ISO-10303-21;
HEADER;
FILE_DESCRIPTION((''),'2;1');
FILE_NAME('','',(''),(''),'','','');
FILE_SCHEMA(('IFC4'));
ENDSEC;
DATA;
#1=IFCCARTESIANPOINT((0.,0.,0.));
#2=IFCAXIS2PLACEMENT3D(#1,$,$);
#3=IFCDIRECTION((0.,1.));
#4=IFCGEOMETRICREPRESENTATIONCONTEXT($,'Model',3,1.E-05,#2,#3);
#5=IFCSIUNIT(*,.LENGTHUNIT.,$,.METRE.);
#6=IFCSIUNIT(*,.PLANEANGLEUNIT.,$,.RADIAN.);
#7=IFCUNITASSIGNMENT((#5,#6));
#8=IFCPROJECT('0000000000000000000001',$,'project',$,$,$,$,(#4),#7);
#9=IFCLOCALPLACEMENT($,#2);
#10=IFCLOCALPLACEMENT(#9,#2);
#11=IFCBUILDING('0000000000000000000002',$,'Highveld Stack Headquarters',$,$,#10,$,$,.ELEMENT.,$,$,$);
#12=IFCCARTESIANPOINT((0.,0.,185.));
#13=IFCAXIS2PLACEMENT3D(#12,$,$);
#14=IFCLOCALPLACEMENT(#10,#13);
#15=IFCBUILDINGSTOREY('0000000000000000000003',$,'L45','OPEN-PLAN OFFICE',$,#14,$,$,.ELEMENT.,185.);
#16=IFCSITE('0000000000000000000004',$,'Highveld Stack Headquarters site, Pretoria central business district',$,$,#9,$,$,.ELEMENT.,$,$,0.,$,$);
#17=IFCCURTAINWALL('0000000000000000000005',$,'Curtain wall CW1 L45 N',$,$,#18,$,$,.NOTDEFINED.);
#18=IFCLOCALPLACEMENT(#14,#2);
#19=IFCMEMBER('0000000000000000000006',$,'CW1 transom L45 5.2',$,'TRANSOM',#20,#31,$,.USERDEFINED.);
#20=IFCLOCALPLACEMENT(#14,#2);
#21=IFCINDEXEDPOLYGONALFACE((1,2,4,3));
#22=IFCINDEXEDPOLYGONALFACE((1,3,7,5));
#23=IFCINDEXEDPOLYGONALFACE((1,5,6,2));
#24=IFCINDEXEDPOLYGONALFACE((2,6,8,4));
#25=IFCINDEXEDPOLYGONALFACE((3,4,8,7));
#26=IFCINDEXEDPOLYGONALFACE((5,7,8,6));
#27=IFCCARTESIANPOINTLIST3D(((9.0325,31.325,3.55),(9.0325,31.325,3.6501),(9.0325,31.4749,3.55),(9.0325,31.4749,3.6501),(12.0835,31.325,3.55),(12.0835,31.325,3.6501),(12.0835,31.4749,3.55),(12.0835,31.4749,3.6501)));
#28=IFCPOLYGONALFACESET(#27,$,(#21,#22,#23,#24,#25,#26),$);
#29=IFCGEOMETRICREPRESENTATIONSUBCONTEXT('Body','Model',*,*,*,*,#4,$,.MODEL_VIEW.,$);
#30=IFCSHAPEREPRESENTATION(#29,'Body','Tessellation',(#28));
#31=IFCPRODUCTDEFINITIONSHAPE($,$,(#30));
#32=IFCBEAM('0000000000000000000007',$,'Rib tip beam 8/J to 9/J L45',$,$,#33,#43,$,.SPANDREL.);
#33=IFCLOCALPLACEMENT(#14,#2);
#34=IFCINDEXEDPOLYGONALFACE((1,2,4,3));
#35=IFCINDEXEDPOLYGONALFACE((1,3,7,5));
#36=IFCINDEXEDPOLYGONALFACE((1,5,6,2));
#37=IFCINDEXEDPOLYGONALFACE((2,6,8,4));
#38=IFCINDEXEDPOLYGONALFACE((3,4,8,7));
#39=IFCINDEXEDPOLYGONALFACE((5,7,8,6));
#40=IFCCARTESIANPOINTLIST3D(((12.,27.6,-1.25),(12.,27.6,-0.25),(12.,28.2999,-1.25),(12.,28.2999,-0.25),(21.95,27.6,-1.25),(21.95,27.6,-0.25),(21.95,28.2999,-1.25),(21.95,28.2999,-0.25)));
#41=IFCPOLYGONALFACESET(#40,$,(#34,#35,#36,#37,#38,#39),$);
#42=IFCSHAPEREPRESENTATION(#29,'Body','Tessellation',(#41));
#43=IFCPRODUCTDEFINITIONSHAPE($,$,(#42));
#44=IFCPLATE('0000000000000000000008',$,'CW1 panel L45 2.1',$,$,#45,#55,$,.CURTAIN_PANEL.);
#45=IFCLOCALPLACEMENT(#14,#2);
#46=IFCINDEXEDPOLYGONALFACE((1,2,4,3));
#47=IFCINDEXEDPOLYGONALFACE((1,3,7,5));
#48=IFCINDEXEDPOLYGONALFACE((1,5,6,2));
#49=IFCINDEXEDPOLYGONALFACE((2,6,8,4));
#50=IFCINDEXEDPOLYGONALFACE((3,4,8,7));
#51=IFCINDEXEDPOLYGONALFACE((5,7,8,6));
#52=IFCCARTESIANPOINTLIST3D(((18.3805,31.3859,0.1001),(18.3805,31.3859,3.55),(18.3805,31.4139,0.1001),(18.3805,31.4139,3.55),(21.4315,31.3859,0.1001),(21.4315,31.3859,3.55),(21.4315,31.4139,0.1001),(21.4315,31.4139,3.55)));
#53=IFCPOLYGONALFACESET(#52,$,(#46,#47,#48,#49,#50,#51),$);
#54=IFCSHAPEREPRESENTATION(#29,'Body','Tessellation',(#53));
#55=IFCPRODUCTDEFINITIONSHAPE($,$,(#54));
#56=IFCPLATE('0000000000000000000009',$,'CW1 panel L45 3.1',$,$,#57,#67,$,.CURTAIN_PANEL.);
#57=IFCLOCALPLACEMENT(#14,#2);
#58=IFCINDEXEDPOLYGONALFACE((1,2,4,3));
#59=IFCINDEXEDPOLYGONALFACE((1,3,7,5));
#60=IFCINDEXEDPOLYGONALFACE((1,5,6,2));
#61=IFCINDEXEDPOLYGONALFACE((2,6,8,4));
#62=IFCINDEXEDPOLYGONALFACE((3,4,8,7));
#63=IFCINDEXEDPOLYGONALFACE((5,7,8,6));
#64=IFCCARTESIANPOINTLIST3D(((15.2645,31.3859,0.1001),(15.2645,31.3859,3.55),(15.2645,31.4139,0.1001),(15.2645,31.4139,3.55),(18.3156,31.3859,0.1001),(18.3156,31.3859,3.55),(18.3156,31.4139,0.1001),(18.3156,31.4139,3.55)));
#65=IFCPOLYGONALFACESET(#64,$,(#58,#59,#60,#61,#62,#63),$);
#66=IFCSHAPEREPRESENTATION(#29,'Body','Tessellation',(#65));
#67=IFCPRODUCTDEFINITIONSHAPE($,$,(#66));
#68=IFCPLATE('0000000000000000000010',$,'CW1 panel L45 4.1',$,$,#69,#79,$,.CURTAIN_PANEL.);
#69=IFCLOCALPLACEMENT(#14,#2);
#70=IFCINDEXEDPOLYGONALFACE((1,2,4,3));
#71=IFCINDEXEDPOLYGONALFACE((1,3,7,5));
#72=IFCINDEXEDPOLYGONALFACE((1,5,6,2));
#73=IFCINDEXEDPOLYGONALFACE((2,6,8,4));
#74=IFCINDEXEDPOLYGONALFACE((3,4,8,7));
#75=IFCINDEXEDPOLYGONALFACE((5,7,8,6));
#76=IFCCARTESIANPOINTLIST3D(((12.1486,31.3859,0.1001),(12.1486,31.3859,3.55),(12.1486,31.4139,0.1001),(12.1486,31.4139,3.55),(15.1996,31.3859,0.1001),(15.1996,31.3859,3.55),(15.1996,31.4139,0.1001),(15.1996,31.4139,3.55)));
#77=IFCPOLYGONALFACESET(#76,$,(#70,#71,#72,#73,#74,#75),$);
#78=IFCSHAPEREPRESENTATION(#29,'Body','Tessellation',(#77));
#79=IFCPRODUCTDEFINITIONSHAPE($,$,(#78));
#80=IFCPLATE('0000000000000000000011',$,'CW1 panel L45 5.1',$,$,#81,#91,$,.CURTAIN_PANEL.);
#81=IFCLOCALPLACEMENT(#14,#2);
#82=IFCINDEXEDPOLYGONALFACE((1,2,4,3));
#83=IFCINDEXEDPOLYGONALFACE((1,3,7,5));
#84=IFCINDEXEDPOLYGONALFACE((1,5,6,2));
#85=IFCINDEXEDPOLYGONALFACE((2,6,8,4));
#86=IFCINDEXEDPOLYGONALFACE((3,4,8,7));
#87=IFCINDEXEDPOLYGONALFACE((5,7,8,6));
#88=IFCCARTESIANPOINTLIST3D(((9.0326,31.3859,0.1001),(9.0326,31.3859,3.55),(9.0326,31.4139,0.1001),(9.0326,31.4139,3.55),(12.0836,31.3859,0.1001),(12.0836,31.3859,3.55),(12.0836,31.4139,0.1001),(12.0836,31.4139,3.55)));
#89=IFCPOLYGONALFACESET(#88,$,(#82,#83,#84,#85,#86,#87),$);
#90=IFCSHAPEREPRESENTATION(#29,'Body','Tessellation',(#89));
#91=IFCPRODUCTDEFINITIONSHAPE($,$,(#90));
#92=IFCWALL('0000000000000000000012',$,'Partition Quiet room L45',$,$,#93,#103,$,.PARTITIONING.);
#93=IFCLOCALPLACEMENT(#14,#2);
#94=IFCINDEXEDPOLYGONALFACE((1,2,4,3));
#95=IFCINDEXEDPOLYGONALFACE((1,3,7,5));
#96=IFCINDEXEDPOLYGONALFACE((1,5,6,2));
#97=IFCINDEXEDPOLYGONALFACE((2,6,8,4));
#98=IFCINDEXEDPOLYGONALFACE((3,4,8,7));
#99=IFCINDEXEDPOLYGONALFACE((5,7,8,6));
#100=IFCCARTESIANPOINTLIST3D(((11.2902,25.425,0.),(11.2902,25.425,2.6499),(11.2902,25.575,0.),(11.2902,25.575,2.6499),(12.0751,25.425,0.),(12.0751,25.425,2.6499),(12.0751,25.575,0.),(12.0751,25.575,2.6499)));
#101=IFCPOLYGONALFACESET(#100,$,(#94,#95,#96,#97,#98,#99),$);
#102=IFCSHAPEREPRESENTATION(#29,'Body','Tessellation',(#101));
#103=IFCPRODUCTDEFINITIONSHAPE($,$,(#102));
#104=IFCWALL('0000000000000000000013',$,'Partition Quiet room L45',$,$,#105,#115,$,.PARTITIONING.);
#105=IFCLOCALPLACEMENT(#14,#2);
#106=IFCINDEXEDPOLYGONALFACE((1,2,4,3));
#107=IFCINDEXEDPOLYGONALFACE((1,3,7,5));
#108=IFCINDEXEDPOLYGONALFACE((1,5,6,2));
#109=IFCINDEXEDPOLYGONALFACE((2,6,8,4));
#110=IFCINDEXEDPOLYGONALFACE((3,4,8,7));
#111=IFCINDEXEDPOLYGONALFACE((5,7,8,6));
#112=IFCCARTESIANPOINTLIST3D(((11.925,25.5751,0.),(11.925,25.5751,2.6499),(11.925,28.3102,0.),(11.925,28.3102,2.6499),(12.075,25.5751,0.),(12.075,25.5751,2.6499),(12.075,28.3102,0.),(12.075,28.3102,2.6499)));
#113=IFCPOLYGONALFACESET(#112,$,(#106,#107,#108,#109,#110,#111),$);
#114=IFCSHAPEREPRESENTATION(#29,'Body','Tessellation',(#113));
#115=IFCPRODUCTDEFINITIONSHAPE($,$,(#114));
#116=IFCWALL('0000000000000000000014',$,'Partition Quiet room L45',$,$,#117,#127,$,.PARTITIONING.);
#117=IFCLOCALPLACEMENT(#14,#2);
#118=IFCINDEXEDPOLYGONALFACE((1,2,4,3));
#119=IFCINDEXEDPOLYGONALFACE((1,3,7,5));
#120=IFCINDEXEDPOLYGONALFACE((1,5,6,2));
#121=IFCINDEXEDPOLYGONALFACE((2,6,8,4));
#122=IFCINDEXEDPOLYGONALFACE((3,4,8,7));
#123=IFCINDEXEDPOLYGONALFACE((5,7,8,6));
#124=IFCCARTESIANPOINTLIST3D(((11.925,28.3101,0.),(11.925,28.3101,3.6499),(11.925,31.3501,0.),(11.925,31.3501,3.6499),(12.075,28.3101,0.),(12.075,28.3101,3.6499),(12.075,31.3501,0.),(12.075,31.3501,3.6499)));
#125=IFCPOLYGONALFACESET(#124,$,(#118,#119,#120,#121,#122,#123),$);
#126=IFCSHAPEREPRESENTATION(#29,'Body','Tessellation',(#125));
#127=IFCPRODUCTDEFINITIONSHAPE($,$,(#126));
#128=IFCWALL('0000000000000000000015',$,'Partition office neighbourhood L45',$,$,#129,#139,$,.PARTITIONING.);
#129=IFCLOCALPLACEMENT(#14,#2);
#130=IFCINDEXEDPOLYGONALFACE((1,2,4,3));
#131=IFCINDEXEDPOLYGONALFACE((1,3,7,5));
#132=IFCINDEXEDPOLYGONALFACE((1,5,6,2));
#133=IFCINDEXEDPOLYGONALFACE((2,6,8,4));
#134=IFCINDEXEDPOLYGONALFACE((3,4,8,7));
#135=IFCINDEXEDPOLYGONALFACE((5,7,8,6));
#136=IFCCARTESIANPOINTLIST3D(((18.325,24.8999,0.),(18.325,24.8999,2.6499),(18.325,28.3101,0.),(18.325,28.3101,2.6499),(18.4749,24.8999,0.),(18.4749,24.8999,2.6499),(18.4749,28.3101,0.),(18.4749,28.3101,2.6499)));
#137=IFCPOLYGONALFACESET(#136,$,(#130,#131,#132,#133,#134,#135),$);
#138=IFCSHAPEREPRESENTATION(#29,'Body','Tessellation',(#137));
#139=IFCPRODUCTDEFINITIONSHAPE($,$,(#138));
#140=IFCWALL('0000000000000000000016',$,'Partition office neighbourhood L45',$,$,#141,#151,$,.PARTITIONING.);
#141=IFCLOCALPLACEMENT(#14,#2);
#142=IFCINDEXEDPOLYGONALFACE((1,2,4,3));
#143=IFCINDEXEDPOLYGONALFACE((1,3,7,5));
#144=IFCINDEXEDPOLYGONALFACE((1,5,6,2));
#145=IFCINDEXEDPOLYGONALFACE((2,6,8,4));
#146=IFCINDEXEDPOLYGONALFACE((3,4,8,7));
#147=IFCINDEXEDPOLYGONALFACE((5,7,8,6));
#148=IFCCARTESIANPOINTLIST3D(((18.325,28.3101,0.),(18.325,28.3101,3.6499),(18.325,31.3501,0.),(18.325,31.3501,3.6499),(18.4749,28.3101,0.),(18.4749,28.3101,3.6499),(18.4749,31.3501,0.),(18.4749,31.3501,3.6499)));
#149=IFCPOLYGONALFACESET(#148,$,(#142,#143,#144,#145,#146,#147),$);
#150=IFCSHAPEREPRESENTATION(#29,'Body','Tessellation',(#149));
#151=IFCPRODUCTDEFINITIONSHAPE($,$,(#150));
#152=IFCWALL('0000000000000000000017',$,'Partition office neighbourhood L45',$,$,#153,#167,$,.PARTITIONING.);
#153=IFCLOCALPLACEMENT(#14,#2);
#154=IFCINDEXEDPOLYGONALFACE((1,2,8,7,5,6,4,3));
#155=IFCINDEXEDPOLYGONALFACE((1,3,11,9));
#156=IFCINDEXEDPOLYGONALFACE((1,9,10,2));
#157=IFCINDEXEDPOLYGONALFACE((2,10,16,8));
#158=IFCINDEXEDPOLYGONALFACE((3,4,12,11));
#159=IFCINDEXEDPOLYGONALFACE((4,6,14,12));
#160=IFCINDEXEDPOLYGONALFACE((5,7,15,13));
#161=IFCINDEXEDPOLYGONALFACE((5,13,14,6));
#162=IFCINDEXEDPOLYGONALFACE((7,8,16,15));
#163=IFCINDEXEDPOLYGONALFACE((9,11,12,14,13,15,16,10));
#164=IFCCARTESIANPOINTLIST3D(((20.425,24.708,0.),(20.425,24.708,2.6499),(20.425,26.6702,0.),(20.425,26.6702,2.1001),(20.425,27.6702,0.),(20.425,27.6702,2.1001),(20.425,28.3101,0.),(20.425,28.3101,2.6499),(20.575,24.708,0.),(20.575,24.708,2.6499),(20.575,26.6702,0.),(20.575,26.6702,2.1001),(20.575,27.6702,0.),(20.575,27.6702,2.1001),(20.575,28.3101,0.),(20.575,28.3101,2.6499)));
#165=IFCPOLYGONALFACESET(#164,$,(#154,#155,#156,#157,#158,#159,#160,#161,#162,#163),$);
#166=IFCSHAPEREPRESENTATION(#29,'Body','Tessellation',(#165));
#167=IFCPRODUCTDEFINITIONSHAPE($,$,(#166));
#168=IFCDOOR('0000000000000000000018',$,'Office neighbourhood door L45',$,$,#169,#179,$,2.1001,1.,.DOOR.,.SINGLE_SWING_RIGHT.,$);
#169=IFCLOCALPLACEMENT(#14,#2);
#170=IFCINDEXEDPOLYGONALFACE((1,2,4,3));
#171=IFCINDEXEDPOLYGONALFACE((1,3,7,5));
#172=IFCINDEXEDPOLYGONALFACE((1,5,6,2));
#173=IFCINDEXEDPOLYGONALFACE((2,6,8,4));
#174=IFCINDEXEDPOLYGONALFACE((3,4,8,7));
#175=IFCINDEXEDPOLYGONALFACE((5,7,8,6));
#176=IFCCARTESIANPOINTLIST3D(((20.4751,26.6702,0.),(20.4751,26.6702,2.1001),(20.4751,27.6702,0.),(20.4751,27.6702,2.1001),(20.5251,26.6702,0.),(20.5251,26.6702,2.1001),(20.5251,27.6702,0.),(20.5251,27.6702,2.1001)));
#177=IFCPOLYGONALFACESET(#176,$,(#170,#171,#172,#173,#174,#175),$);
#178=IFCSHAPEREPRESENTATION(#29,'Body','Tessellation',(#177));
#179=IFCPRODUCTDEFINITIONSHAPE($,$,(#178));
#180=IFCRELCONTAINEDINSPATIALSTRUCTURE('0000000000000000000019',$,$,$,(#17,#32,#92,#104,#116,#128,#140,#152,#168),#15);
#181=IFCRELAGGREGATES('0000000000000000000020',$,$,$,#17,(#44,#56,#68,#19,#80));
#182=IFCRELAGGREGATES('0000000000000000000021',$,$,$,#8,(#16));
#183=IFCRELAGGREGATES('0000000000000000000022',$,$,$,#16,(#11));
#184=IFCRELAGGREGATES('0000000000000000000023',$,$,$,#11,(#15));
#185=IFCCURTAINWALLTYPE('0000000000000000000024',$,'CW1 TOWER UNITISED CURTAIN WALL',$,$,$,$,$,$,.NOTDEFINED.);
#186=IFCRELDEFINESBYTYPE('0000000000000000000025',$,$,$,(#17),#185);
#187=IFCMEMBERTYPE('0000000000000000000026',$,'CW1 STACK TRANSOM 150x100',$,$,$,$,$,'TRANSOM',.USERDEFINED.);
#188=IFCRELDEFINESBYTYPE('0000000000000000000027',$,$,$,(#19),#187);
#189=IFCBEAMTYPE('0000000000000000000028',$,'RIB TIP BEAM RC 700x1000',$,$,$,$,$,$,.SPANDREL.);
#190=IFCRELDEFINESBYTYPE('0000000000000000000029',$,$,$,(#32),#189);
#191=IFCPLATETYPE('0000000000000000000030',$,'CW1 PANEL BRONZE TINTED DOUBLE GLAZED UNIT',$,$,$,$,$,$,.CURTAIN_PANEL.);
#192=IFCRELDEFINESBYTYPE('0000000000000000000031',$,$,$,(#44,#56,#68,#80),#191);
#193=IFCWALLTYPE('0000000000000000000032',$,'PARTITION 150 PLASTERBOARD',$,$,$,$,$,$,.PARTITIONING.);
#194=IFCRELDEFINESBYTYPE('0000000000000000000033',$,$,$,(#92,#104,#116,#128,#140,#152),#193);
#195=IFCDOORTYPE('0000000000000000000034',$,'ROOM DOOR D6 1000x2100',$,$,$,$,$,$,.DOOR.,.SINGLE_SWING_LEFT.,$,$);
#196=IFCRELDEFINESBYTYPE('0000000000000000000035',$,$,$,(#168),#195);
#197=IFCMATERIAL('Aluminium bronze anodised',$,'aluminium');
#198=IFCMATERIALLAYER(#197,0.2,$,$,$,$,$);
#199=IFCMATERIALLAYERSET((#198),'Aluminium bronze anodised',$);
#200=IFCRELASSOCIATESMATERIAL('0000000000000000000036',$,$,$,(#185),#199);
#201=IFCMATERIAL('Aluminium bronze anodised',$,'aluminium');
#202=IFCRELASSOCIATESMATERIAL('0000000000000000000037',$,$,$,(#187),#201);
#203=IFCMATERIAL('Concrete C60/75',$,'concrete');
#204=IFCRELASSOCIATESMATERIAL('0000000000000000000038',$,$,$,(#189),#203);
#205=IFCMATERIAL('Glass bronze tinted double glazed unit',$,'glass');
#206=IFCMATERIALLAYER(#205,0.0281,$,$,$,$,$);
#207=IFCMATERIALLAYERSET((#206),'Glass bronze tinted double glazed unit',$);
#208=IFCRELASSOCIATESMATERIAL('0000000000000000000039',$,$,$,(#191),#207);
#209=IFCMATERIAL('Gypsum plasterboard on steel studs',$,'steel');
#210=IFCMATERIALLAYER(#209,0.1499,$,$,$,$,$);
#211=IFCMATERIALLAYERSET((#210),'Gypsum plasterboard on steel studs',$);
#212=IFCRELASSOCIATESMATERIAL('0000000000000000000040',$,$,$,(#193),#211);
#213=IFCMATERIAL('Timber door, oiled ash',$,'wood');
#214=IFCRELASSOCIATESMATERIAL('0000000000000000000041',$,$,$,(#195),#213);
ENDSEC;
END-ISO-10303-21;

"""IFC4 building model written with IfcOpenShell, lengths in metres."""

from ifc_helpers import new_model, si_unit, direction, frame, frame_2d, origin, origin_2d, place, context, subcontext, project, spatial, rectangle, extrude, material, layer, layer_set, material_profile, profile_set, type_object, element, fill, aggregate, save


model = new_model("IFC4")

# Units and contexts
model_context = context("Model", 3, precision=1e-05, world=origin(), true_north=direction((0.0, 1.0)))
body_context = subcontext(model_context, "Body", "Model", "MODEL_VIEW")
ifc_project = project(units=[si_unit("LENGTHUNIT", "METRE"), si_unit("PLANEANGLEUNIT", "RADIAN")], contexts=[model_context])

# Site, building, storey
site_placement = place(None, origin())
site = spatial("IfcSite", under=ifc_project, at=site_placement, Name="Highveld Stack Headquarters site, Pretoria central business district", CompositionType="ELEMENT", RefElevation=0.0)
building_placement = place(site_placement, origin())
building = spatial("IfcBuilding", under=site, at=building_placement, Name="Highveld Stack Headquarters", CompositionType="ELEMENT")
storey_placement = place(building_placement, frame((0.0, 0.0, 185.0)))
storey = spatial("IfcBuildingStorey", under=building, at=storey_placement, Name="L45", Description="OPEN-PLAN OFFICE", CompositionType="ELEMENT", Elevation=185.0)

# Curtain wall, member
ifc_material_1 = material(Name="Aluminium bronze anodised", Category="aluminium")
ifc_layer_1 = layer(ifc_material_1, 0.2)
ifc_layer_set_1 = layer_set([ifc_layer_1], Name="Aluminium bronze anodised")
curtain_wall_type = type_object("IfcCurtainWallType", Name="CW1 TOWER UNITISED CURTAIN WALL", PredefinedType="NOTDEFINED", material=ifc_layer_set_1)
curtain_wall_placement = place(storey_placement, origin())
curtain_wall = element("IfcCurtainWall", 1, at=curtain_wall_placement, inside=storey, type_object=curtain_wall_type, Name="Curtain wall CW1 L45 N", PredefinedType="NOTDEFINED")
ifc_material_2 = material(Name="Aluminium bronze anodised", Category="aluminium")
ifc_material_profile_1 = material_profile(ifc_material_2, rectangle(XDim=0.1499, YDim=0.1001, at=origin_2d()), Name="CW1 TRANSOM 150x100")
ifc_profile_set_1 = profile_set([ifc_material_profile_1], Name="Aluminium bronze anodised")
member_type_1 = type_object("IfcMemberType", Name="CW1 STACK TRANSOM 150x100", ElementType="TRANSOM", PredefinedType="USERDEFINED", material=ifc_profile_set_1)
member_1_placement = place(storey_placement, frame((12.0835, 31.3999, 3.6001), z_axis=(-1.0, 0.0, 0.0), x_axis=(0.0, -1.0, 0.0)))
member_1 = element("IfcMember", 2, at=member_1_placement, type_object=member_type_1, Name="CW1 transom L45 5.2", ObjectType="TRANSOM", PredefinedType="USERDEFINED", context=body_context, shape_type="SweptSolid", body=[
    extrude(rectangle(XDim=0.1499, YDim=0.1001, at=origin_2d()), origin(), (0.0, 0.0, 1.0), 3.051),
])

# Beam
ifc_material_3 = material(Name="Concrete C60/75", Category="concrete")
ifc_material_profile_2 = material_profile(ifc_material_3, rectangle(XDim=0.7, YDim=1.0, at=origin_2d()), Name="RC 700x1000")
ifc_profile_set_2 = profile_set([ifc_material_profile_2], Name="Concrete C60/75")
beam_type = type_object("IfcBeamType", Name="RIB TIP BEAM RC 700x1000", PredefinedType="SPANDREL", material=ifc_profile_set_2)
beam_placement = place(storey_placement, frame((12.0, 27.95, -0.75), z_axis=(1.0, 0.0, 0.0), x_axis=(0.0, 1.0, 0.0)))
element("IfcBeam", 3, at=beam_placement, inside=storey, type_object=beam_type, Name="Rib tip beam 8/J to 9/J L45", PredefinedType="SPANDREL", context=body_context, shape_type="SweptSolid", body=[
    extrude(rectangle(XDim=0.7, YDim=1.0, at=origin_2d()), origin(), (0.0, 0.0, 1.0), 9.95),
])

# Plates
ifc_material_4 = material(Name="Glass bronze tinted double glazed unit", Category="glass")
ifc_layer_2 = layer(ifc_material_4, 0.0281)
ifc_layer_set_2 = layer_set([ifc_layer_2], Name="Glass bronze tinted double glazed unit")
plate_type = type_object("IfcPlateType", Name="CW1 PANEL BRONZE TINTED DOUBLE GLAZED UNIT", PredefinedType="CURTAIN_PANEL", material=ifc_layer_set_2)
plate_1_placement = place(storey_placement, frame((19.906, 31.3999, 0.1001), z_axis=(0.0, 0.0, 1.0), x_axis=(-1.0, 0.0, 0.0)))
plate_1 = element("IfcPlate", 4, at=plate_1_placement, type_object=plate_type, Name="CW1 panel L45 2.1", PredefinedType="CURTAIN_PANEL", context=body_context, shape_type="SweptSolid", body=[
    extrude(rectangle(XDim=3.051, YDim=0.0281, at=origin_2d()), origin(), (0.0, 0.0, 1.0), 3.45),
])
plate_2_placement = place(storey_placement, frame((16.79, 31.3999, 0.1001), z_axis=(0.0, 0.0, 1.0), x_axis=(-1.0, 0.0, 0.0)))
plate_2 = element("IfcPlate", 5, at=plate_2_placement, type_object=plate_type, Name="CW1 panel L45 3.1", PredefinedType="CURTAIN_PANEL", context=body_context, shape_type="SweptSolid", body=[
    extrude(rectangle(XDim=3.051, YDim=0.0281, at=origin_2d()), origin(), (0.0, 0.0, 1.0), 3.45),
])
plate_3_placement = place(storey_placement, frame((13.6741, 31.3999, 0.1001), z_axis=(0.0, 0.0, 1.0), x_axis=(-1.0, 0.0, 0.0)))
plate_3 = element("IfcPlate", 6, at=plate_3_placement, type_object=plate_type, Name="CW1 panel L45 4.1", PredefinedType="CURTAIN_PANEL", context=body_context, shape_type="SweptSolid", body=[
    extrude(rectangle(XDim=3.051, YDim=0.0281, at=origin_2d()), origin(), (0.0, 0.0, 1.0), 3.45),
])
plate_4_placement = place(storey_placement, frame((10.5581, 31.3999, 0.1001), z_axis=(0.0, 0.0, 1.0), x_axis=(-1.0, 0.0, 0.0)))
plate_4 = element("IfcPlate", 7, at=plate_4_placement, type_object=plate_type, Name="CW1 panel L45 5.1", PredefinedType="CURTAIN_PANEL", context=body_context, shape_type="SweptSolid", body=[
    extrude(rectangle(XDim=3.051, YDim=0.0281, at=origin_2d()), origin(), (0.0, 0.0, 1.0), 3.45),
])
aggregate(curtain_wall, [plate_1, plate_2, plate_3, member_1, plate_4])

# Walls
ifc_material_5 = material(Name="Gypsum plasterboard on steel studs", Category="steel")
ifc_layer_3 = layer(ifc_material_5, 0.1499)
ifc_layer_set_3 = layer_set([ifc_layer_3], Name="Gypsum plasterboard on steel studs")
wall_type = type_object("IfcWallType", Name="PARTITION 150 PLASTERBOARD", PredefinedType="PARTITIONING", material=ifc_layer_set_3)
wall_1_placement = place(storey_placement, frame((11.29, 25.5, 0.0), z_axis=(0.0, 0.0, 1.0), x_axis=(1.0, 0.0, 0.0)))
element("IfcWall", 8, at=wall_1_placement, inside=storey, type_object=wall_type, Name="Partition Quiet room L45", PredefinedType="PARTITIONING", context=body_context, shape_type="SweptSolid", body=[
    extrude(rectangle(XDim=0.7849, YDim=0.1499, at=frame_2d((0.3926, 0.0))), origin(), (0.0, 0.0, 1.0), 2.6499),
])
wall_2_placement = place(storey_placement, frame((12.0, 25.575, 0.0), z_axis=(0.0, 0.0, 1.0), x_axis=(0.0, 1.0, 0.0)))
element("IfcWall", 9, at=wall_2_placement, inside=storey, type_object=wall_type, Name="Partition Quiet room L45", PredefinedType="PARTITIONING", context=body_context, shape_type="SweptSolid", body=[
    extrude(rectangle(XDim=2.7351, YDim=0.1499, at=frame_2d((1.3677, 0.0))), origin(), (0.0, 0.0, 1.0), 2.6499),
])
wall_3_placement = place(storey_placement, frame((12.0, 28.3101, 0.0), z_axis=(0.0, 0.0, 1.0), x_axis=(0.0, 1.0, 0.0)))
element("IfcWall", 10, at=wall_3_placement, inside=storey, type_object=wall_type, Name="Partition Quiet room L45", PredefinedType="PARTITIONING", context=body_context, shape_type="SweptSolid", body=[
    extrude(rectangle(XDim=3.04, YDim=0.1499, at=frame_2d((1.52, 0.0))), origin(), (0.0, 0.0, 1.0), 3.6499),
])
wall_4_placement = place(storey_placement, frame((18.3999, 24.8999, 0.0), z_axis=(0.0, 0.0, 1.0), x_axis=(0.0, 1.0, 0.0)))
element("IfcWall", 11, at=wall_4_placement, inside=storey, type_object=wall_type, Name="Partition office neighbourhood L45", PredefinedType="PARTITIONING", context=body_context, shape_type="SweptSolid", body=[
    extrude(rectangle(XDim=3.4102, YDim=0.1499, at=frame_2d((1.7051, 0.0))), origin(), (0.0, 0.0, 1.0), 2.6499),
])
wall_5_placement = place(storey_placement, frame((18.3999, 28.3101, 0.0), z_axis=(0.0, 0.0, 1.0), x_axis=(0.0, 1.0, 0.0)))
element("IfcWall", 12, at=wall_5_placement, inside=storey, type_object=wall_type, Name="Partition office neighbourhood L45", PredefinedType="PARTITIONING", context=body_context, shape_type="SweptSolid", body=[
    extrude(rectangle(XDim=3.04, YDim=0.1499, at=frame_2d((1.52, 0.0))), origin(), (0.0, 0.0, 1.0), 3.6499),
])

# Wall, opening, door
wall_6_placement = place(storey_placement, frame((20.5, 24.708, 0.0), z_axis=(0.0, 0.0, 1.0), x_axis=(0.0, 1.0, 0.0)))
wall_6 = element("IfcWall", 13, at=wall_6_placement, inside=storey, type_object=wall_type, Name="Partition office neighbourhood L45", PredefinedType="PARTITIONING", context=body_context, shape_type="SweptSolid", body=[
    extrude(rectangle(XDim=3.6021, YDim=0.1499, at=frame_2d((1.801, 0.0))), origin(), (0.0, 0.0, 1.0), 2.6499),
])
opening_placement = place(wall_6_placement, frame((1.9622, 0.0, 0.0)))
opening = element("IfcOpeningElement", 14, at=opening_placement, cuts=wall_6, PredefinedType="OPENING", context=body_context, shape_type="SweptSolid", body=[
    extrude(rectangle(XDim=1.0, YDim=2.1001, at=frame_2d((0.5, 1.05))), frame((0.0, 0.085, 0.0), z_axis=(0.0, -1.0, 0.0), x_axis=(1.0, 0.0, 0.0)), (0.0, 0.0, 1.0), 0.1699),
])
ifc_material_6 = material(Name="Timber door, oiled ash", Category="wood")
door_type = type_object("IfcDoorType", Name="ROOM DOOR D6 1000x2100", OperationType="SINGLE_SWING_LEFT", PredefinedType="DOOR", material=ifc_material_6)
door_placement = place(opening_placement, origin())
door = element("IfcDoor", 15, at=door_placement, inside=storey, type_object=door_type, Name="Office neighbourhood door L45", OperationType="SINGLE_SWING_RIGHT", OverallHeight=2.1001, OverallWidth=1.0, PredefinedType="DOOR", context=body_context, shape_type="SweptSolid", body=[
    extrude(rectangle(XDim=1.0, YDim=2.1001, at=frame_2d((0.5, 1.05))), frame((0.0, 0.0249, 0.0), z_axis=(0.0, -1.0, 0.0), x_axis=(1.0, 0.0, 0.0)), (0.0, 0.0, 1.0), 0.05),
])
fill(opening, door)

save(model, "model.ifc")
